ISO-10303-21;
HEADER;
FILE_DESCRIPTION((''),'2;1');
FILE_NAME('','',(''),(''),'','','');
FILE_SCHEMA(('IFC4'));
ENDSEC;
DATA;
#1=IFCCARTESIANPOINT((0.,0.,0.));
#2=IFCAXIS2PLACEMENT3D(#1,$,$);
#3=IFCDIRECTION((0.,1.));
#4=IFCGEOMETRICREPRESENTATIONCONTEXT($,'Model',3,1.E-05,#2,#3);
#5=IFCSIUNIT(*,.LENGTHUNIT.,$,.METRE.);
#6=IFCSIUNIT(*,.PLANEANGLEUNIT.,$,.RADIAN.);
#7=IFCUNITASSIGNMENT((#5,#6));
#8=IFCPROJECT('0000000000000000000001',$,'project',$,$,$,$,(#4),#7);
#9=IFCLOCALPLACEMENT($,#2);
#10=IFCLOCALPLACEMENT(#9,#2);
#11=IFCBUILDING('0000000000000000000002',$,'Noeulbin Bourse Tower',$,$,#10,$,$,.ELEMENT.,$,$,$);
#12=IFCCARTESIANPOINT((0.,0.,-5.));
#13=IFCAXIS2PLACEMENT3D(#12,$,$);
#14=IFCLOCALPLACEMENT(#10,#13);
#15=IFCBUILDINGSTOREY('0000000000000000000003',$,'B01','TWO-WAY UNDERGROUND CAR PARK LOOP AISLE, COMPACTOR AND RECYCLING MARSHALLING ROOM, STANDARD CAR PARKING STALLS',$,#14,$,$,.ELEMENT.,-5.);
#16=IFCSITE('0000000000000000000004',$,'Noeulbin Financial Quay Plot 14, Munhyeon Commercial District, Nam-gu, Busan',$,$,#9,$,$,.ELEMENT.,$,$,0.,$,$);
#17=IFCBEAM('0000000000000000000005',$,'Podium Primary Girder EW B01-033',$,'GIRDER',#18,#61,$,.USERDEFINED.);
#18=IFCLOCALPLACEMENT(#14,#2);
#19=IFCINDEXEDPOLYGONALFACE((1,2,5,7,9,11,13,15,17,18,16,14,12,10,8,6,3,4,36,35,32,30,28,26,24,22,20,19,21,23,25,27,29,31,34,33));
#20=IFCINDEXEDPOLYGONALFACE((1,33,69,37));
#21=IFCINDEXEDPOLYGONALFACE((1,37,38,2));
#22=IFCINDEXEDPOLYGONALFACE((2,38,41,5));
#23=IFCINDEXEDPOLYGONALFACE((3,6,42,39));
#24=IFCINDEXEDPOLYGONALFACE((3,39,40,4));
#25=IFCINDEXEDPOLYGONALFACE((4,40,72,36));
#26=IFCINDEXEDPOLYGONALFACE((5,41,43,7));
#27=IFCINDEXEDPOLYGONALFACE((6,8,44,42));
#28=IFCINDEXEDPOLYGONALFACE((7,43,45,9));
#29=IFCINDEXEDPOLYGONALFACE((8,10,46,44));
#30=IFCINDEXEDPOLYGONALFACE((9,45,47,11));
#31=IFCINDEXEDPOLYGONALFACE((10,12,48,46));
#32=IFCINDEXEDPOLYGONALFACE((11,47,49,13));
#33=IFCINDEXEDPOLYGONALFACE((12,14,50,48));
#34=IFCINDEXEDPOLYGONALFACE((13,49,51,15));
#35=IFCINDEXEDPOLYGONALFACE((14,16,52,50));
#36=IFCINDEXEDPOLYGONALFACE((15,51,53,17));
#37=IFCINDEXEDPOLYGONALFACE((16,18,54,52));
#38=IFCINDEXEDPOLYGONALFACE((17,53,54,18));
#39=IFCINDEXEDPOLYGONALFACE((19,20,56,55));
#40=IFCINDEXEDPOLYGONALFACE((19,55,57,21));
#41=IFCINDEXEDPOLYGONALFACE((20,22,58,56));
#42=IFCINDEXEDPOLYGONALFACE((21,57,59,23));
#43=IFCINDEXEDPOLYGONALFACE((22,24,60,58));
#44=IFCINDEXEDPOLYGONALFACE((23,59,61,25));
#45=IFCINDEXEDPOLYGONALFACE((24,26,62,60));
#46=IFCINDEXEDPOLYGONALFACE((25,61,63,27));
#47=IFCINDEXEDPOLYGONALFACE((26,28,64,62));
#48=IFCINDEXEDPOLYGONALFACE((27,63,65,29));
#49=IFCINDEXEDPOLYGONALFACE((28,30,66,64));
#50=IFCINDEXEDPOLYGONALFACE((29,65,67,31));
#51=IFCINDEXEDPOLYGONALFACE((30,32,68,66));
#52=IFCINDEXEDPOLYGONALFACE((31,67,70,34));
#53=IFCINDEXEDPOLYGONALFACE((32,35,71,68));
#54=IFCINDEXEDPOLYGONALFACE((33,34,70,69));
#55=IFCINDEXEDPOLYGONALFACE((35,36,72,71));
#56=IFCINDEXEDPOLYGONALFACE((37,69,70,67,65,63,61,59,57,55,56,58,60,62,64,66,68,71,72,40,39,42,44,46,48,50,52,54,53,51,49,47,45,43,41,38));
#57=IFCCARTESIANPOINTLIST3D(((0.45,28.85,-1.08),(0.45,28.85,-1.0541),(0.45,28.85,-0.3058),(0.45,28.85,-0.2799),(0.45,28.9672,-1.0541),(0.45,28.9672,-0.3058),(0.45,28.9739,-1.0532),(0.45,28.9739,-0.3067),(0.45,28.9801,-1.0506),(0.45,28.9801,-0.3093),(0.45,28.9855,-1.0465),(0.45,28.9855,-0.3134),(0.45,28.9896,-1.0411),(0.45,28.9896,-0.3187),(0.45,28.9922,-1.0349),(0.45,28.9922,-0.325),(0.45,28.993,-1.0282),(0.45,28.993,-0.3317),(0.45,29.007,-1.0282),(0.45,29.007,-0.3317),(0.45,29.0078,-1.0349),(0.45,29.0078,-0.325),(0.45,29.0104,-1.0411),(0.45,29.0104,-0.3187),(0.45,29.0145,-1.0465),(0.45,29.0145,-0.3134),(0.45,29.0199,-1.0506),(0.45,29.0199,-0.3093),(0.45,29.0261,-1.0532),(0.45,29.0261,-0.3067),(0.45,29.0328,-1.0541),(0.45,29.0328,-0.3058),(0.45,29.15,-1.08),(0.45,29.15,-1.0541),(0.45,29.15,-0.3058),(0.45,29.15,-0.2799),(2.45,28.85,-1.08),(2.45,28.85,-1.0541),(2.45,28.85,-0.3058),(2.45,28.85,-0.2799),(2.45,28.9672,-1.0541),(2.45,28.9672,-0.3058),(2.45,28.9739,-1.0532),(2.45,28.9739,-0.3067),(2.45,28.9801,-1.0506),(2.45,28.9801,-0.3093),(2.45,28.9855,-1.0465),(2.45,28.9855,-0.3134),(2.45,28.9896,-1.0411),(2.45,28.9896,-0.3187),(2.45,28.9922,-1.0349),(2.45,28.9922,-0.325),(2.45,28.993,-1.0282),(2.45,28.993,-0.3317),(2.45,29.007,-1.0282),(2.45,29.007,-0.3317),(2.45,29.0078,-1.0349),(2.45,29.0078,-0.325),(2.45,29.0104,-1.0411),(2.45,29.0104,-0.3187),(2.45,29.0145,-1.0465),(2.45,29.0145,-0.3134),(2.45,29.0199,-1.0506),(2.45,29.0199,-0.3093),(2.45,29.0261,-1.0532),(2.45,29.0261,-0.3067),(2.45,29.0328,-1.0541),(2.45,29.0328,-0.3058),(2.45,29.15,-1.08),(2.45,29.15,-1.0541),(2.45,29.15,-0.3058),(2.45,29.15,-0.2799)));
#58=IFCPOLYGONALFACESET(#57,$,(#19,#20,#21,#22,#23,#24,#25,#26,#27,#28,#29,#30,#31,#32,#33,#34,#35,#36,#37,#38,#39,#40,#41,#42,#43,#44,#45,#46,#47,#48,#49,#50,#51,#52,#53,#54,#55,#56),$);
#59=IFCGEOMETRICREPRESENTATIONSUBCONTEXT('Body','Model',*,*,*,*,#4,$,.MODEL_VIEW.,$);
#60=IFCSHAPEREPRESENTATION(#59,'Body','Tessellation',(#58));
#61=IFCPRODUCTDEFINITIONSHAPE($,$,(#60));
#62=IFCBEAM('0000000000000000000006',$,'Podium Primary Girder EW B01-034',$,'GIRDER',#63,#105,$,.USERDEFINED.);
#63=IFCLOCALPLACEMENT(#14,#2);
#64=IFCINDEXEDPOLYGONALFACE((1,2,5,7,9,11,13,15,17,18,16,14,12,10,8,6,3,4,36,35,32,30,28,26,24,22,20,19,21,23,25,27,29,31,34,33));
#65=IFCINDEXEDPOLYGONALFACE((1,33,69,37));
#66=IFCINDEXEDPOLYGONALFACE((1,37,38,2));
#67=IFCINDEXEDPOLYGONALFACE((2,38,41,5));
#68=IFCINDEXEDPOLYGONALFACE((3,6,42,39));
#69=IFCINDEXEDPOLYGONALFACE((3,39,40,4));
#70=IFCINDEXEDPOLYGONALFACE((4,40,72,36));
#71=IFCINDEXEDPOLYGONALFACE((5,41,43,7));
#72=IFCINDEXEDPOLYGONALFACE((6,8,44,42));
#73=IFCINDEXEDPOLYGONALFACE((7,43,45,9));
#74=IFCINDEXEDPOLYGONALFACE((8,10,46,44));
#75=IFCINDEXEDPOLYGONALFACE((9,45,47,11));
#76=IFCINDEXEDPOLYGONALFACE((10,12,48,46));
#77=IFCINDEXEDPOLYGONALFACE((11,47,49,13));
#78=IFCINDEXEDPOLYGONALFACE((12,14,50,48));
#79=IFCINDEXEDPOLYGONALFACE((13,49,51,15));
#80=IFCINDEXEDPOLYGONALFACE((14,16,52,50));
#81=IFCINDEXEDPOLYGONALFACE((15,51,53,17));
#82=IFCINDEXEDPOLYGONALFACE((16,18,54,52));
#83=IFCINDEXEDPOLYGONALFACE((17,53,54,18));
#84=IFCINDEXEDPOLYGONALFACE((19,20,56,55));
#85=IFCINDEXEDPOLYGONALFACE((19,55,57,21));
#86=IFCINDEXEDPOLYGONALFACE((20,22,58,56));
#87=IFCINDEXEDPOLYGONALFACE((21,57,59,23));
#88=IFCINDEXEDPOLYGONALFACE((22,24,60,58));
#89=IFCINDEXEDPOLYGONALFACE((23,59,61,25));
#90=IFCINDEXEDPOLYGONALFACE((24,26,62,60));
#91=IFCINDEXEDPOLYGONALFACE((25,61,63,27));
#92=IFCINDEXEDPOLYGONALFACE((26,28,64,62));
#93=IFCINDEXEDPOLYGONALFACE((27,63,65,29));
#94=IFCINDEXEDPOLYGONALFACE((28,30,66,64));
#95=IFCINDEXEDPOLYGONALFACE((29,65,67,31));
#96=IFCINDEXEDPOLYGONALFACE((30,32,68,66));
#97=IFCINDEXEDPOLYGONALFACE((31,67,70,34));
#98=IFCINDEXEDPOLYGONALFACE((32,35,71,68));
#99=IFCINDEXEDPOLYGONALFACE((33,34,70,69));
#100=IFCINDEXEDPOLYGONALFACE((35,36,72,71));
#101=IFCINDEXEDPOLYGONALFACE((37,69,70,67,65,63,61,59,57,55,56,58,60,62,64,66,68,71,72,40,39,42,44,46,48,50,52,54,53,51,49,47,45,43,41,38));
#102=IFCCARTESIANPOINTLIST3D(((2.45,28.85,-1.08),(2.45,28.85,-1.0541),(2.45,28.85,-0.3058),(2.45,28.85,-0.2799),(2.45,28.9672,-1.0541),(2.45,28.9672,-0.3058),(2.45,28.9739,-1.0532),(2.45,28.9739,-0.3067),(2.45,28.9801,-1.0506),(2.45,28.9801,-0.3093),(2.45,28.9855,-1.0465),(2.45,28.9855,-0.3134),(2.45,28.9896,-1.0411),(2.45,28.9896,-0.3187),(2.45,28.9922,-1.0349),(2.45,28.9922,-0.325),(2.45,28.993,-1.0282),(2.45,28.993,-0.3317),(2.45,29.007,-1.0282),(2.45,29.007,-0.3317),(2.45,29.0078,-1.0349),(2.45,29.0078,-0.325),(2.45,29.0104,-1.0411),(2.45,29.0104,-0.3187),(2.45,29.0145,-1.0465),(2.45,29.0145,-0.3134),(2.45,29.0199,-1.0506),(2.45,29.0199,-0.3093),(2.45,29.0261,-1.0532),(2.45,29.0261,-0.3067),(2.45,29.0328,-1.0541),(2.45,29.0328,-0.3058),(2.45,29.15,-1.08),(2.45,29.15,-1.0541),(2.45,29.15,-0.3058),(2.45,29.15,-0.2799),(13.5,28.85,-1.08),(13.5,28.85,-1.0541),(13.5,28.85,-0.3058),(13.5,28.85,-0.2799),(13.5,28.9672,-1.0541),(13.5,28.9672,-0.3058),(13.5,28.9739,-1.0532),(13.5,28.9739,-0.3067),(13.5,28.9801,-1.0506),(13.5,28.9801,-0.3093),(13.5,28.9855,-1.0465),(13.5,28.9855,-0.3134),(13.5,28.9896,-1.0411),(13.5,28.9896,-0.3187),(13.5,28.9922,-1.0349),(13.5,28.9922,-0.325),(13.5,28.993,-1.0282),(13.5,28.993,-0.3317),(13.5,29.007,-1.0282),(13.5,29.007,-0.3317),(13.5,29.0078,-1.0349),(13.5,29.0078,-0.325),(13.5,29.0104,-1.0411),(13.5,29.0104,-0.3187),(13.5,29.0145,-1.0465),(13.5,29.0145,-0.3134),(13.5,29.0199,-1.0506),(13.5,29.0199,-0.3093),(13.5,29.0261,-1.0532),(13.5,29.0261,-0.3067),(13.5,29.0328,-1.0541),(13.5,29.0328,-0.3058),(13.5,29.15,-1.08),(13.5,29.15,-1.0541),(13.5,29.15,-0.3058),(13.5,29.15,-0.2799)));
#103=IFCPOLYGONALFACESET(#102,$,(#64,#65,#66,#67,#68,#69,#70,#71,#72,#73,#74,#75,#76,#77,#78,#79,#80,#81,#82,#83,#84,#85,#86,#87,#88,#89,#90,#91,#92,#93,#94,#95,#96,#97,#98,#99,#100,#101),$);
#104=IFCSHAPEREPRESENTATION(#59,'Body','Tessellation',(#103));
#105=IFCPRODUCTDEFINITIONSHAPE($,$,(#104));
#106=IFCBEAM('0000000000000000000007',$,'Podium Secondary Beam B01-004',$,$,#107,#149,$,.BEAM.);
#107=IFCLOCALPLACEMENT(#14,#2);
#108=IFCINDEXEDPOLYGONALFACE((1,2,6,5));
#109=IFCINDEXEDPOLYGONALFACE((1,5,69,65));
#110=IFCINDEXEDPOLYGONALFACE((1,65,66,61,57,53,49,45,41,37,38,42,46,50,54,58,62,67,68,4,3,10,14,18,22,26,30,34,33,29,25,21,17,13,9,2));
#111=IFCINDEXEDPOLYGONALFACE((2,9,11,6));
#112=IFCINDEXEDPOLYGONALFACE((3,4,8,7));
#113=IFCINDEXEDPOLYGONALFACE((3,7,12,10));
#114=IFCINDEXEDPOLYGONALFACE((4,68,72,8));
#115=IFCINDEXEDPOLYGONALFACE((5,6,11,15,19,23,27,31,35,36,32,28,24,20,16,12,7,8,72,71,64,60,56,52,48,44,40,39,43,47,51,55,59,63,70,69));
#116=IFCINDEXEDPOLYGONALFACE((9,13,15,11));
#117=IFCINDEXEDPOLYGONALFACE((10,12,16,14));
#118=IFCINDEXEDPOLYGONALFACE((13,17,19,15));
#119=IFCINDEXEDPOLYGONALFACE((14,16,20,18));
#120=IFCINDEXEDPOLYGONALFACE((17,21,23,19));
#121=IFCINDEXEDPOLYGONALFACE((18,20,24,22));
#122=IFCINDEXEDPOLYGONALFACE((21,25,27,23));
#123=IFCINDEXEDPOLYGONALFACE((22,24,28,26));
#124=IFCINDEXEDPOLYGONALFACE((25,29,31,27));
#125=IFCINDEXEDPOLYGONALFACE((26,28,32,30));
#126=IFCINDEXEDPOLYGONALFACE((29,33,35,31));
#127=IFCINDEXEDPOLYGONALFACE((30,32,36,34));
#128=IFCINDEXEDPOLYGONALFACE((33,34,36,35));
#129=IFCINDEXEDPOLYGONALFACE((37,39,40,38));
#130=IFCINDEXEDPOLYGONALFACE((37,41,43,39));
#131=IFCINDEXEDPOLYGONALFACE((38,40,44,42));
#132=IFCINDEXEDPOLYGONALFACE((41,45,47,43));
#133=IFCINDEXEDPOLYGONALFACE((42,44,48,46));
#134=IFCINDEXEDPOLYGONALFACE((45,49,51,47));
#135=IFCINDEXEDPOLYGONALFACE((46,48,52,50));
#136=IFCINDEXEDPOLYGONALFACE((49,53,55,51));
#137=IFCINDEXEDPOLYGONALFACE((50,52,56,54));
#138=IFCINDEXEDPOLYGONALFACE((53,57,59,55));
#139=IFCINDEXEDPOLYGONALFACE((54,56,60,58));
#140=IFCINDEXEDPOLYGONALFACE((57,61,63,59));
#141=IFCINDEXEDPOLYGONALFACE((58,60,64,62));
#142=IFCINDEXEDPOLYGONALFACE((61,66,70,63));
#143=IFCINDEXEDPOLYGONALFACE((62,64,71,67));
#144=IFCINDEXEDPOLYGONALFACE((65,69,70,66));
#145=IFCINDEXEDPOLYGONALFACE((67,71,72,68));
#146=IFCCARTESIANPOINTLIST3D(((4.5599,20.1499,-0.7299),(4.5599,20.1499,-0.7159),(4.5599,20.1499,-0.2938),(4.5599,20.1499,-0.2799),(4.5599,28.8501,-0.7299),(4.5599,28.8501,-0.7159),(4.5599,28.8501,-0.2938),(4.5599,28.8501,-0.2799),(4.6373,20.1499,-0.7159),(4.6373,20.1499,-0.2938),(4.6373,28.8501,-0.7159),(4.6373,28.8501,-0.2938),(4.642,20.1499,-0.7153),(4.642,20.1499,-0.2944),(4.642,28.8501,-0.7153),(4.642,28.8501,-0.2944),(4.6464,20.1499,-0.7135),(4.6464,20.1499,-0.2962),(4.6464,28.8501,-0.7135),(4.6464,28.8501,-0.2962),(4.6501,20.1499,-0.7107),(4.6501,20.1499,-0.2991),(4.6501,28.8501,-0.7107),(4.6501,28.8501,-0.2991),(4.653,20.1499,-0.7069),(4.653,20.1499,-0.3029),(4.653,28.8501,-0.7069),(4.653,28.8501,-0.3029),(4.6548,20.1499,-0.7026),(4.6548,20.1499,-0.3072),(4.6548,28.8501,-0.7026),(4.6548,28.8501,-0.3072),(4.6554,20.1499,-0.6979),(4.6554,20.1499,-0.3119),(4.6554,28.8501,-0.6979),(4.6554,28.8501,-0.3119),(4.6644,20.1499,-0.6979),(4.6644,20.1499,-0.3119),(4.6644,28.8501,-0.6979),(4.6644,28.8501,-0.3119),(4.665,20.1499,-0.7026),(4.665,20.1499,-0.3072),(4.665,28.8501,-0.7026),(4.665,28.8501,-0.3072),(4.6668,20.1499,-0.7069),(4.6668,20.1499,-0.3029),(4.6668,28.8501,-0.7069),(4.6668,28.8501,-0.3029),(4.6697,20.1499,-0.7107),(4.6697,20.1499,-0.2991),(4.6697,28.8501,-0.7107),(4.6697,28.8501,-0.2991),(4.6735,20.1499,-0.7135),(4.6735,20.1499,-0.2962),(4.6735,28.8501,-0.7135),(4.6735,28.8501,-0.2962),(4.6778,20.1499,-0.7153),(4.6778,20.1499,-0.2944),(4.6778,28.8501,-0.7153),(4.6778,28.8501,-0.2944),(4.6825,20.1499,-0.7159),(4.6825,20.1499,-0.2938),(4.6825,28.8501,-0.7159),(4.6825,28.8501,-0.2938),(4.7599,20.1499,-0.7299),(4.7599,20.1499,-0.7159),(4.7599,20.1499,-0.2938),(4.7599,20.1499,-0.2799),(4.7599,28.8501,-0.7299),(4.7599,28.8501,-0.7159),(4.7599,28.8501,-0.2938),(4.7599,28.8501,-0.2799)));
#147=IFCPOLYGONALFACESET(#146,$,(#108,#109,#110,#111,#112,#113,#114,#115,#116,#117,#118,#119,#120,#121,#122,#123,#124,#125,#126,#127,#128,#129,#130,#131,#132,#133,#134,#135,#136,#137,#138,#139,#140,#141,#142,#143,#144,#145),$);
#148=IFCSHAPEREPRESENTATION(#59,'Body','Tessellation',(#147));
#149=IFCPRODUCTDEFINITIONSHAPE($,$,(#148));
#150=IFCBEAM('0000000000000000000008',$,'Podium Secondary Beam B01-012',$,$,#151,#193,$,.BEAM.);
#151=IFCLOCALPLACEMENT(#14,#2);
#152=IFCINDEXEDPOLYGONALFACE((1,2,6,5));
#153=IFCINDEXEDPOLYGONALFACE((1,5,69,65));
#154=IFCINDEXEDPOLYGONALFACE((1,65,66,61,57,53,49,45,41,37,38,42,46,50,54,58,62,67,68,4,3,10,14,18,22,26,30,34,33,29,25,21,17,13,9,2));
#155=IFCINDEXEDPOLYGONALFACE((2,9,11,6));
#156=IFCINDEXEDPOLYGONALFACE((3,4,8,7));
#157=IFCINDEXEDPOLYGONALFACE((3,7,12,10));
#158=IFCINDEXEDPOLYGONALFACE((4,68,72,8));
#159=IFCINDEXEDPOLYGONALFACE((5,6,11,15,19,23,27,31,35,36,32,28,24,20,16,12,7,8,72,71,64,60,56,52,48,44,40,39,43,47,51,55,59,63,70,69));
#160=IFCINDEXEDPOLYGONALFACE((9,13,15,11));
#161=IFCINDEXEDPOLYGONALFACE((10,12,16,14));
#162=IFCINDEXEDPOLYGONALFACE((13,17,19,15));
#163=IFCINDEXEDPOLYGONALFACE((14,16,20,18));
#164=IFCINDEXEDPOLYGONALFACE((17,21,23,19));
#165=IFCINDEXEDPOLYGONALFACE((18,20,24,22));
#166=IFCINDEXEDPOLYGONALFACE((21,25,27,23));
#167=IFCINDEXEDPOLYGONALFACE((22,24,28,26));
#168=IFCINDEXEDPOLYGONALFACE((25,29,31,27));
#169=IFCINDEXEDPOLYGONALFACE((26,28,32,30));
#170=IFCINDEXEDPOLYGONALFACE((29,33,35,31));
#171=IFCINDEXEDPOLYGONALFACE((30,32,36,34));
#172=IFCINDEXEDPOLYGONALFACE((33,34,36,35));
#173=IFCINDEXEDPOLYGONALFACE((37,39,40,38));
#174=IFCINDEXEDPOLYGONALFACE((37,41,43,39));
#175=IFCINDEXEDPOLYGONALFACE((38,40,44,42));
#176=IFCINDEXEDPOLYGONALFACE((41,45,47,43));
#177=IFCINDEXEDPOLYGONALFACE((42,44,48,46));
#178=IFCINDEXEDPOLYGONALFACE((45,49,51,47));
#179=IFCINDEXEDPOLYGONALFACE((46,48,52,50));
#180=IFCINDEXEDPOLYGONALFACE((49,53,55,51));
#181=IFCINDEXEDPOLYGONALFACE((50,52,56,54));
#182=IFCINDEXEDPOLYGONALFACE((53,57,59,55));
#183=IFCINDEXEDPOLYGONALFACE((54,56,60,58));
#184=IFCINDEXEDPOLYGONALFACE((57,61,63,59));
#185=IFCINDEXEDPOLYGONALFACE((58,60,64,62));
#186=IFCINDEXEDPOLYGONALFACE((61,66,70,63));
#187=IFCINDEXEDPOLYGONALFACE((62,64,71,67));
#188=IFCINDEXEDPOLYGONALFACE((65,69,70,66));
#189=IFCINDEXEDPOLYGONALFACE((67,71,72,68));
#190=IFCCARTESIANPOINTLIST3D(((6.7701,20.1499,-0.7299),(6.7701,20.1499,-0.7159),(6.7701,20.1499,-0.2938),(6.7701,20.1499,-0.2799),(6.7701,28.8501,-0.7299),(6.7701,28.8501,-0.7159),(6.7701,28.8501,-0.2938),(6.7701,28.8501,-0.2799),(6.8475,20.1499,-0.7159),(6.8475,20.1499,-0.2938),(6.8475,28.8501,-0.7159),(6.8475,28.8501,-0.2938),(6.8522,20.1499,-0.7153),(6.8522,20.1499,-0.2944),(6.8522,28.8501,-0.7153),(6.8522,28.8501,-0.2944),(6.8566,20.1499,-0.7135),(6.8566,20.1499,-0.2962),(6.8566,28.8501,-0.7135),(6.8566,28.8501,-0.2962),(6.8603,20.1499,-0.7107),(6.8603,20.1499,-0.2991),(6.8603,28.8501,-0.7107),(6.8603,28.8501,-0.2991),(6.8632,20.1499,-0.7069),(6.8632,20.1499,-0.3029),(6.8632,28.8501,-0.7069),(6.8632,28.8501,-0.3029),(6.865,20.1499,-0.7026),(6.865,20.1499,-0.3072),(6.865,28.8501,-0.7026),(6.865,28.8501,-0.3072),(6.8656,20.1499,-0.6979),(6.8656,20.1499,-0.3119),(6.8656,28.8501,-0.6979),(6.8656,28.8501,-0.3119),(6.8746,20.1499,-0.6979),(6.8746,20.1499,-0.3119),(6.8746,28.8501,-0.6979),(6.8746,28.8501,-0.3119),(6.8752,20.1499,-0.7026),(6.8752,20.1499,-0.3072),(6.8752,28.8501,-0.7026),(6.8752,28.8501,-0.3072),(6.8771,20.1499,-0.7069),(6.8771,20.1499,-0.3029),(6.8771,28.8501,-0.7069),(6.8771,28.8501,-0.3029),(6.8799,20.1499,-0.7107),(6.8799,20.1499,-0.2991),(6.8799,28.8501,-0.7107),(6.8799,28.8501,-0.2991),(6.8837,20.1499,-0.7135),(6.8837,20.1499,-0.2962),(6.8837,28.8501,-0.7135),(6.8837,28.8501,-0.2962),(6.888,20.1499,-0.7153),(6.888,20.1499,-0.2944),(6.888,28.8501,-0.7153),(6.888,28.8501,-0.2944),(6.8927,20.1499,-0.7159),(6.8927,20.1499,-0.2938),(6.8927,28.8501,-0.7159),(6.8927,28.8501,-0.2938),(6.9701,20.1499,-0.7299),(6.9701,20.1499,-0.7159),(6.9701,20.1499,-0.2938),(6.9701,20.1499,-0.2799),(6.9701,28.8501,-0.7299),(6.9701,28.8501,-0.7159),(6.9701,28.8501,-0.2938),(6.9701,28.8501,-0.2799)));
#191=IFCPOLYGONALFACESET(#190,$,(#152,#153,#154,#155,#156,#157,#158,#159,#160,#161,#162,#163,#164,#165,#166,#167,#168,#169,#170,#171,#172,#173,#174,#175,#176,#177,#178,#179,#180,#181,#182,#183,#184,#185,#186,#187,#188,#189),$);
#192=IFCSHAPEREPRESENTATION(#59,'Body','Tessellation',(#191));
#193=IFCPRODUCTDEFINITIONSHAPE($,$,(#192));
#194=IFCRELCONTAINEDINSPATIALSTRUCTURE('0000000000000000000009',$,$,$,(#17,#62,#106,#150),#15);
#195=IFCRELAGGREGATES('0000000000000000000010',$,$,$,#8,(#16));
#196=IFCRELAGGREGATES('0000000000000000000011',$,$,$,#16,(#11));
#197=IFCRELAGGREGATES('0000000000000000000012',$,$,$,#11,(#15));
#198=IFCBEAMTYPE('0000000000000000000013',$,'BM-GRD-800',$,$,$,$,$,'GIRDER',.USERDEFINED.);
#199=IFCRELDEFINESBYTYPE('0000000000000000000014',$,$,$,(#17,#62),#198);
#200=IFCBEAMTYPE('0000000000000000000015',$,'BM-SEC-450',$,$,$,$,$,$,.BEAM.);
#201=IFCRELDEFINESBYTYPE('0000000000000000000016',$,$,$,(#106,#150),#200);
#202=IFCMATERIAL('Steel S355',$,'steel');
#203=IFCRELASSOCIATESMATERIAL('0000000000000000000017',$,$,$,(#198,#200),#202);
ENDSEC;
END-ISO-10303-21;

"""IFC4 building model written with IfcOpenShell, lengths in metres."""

from ifc_helpers import new_model, si_unit, direction, frame, origin, origin_2d, place, context, subcontext, project, spatial, i_section, extrude, material, material_profile, profile_set, type_object, element, save


model = new_model("IFC4")

# Units and contexts
model_context = context("Model", 3, precision=1e-05, world=origin(), true_north=direction((0.0, 1.0)))
body_context = subcontext(model_context, "Body", "Model", "MODEL_VIEW")
ifc_project = project(units=[si_unit("LENGTHUNIT", "METRE"), si_unit("PLANEANGLEUNIT", "RADIAN")], contexts=[model_context])

# Site, building, storey
site_placement = place(None, origin())
site = spatial("IfcSite", under=ifc_project, at=site_placement, Name="Noeulbin Financial Quay Plot 14, Munhyeon Commercial District, Nam-gu, Busan", CompositionType="ELEMENT", RefElevation=0.0)
building_placement = place(site_placement, origin())
building = spatial("IfcBuilding", under=site, at=building_placement, Name="Noeulbin Bourse Tower", CompositionType="ELEMENT")
storey_placement = place(building_placement, frame((0.0, 0.0, -5.0)))
storey = spatial("IfcBuildingStorey", under=building, at=storey_placement, Name="B01", Description="TWO-WAY UNDERGROUND CAR PARK LOOP AISLE, COMPACTOR AND RECYCLING MARSHALLING ROOM, STANDARD CAR PARKING STALLS", CompositionType="ELEMENT", Elevation=-5.0)

# Beams
ifc_material_1 = material(Name="Steel S355", Category="steel")
ifc_material_profile_1 = material_profile(ifc_material_1, i_section(OverallWidth=0.3, OverallDepth=0.8, WebThickness=0.0139, FlangeThickness=0.0259, FilletRadius=0.0259, at=origin_2d()), Name="H-800x300x14x26", Category="LoadBearing")
ifc_profile_set_1 = profile_set([ifc_material_profile_1], Name="Steel S355")
beam_type_1 = type_object("IfcBeamType", Name="BM-GRD-800", ElementType="GIRDER", PredefinedType="USERDEFINED", material=ifc_profile_set_1)
beam_1_placement = place(storey_placement, frame((0.45, 29.0, -0.6799), z_axis=(1.0, 0.0, 0.0), x_axis=(0.0, 1.0, 0.0)))
element("IfcBeam", 1, at=beam_1_placement, inside=storey, type_object=beam_type_1, Name="Podium Primary Girder EW B01-033", ObjectType="GIRDER", PredefinedType="USERDEFINED", context=body_context, shape_type="SweptSolid", body=[
    extrude(i_section(OverallWidth=0.3, OverallDepth=0.8, WebThickness=0.0139, FlangeThickness=0.0259, FilletRadius=0.0259, at=origin_2d()), origin(), (0.0, 0.0, 1.0), 2.0),
])
beam_2_placement = place(storey_placement, frame((2.45, 29.0, -0.6799), z_axis=(1.0, 0.0, 0.0), x_axis=(0.0, 1.0, 0.0)))
element("IfcBeam", 2, at=beam_2_placement, inside=storey, type_object=beam_type_1, Name="Podium Primary Girder EW B01-034", ObjectType="GIRDER", PredefinedType="USERDEFINED", context=body_context, shape_type="SweptSolid", body=[
    extrude(i_section(OverallWidth=0.3, OverallDepth=0.8, WebThickness=0.0139, FlangeThickness=0.0259, FilletRadius=0.0259, at=origin_2d()), origin(), (0.0, 0.0, 1.0), 11.05),
])
ifc_material_profile_2 = material_profile(ifc_material_1, i_section(OverallWidth=0.2, OverallDepth=0.45, WebThickness=0.009, FlangeThickness=0.0139, FilletRadius=0.0181, at=origin_2d()), Name="H-450x200x9x14", Category="LoadBearing")
ifc_profile_set_2 = profile_set([ifc_material_profile_2], Name="Steel S355")
beam_type_2 = type_object("IfcBeamType", Name="BM-SEC-450", PredefinedType="BEAM", material=ifc_profile_set_2)
for number, where, z_axis, x_axis, name in (
    (3, (4.6599, 20.1499, -0.5049), (0.0, 1.0, 0.0), (-1.0, 0.0, 0.0), "Podium Secondary Beam B01-004"),
    (4, (6.8701, 20.1499, -0.5049), (0.0, 1.0, 0.0), (-1.0, 0.0, 0.0), "Podium Secondary Beam B01-012"),
):
    element("IfcBeam", number, at=place(storey_placement, frame(where, z_axis=z_axis, x_axis=x_axis)), inside=storey, type_object=beam_type_2, Name=name, PredefinedType="BEAM", context=body_context, shape_type="SweptSolid", body=[
        extrude(i_section(OverallWidth=0.2, OverallDepth=0.45, WebThickness=0.009, FlangeThickness=0.0139, FilletRadius=0.0181, at=origin_2d()), origin(), (0.0, 0.0, 1.0), 8.7002),
    ])

save(model, "model.ifc")
